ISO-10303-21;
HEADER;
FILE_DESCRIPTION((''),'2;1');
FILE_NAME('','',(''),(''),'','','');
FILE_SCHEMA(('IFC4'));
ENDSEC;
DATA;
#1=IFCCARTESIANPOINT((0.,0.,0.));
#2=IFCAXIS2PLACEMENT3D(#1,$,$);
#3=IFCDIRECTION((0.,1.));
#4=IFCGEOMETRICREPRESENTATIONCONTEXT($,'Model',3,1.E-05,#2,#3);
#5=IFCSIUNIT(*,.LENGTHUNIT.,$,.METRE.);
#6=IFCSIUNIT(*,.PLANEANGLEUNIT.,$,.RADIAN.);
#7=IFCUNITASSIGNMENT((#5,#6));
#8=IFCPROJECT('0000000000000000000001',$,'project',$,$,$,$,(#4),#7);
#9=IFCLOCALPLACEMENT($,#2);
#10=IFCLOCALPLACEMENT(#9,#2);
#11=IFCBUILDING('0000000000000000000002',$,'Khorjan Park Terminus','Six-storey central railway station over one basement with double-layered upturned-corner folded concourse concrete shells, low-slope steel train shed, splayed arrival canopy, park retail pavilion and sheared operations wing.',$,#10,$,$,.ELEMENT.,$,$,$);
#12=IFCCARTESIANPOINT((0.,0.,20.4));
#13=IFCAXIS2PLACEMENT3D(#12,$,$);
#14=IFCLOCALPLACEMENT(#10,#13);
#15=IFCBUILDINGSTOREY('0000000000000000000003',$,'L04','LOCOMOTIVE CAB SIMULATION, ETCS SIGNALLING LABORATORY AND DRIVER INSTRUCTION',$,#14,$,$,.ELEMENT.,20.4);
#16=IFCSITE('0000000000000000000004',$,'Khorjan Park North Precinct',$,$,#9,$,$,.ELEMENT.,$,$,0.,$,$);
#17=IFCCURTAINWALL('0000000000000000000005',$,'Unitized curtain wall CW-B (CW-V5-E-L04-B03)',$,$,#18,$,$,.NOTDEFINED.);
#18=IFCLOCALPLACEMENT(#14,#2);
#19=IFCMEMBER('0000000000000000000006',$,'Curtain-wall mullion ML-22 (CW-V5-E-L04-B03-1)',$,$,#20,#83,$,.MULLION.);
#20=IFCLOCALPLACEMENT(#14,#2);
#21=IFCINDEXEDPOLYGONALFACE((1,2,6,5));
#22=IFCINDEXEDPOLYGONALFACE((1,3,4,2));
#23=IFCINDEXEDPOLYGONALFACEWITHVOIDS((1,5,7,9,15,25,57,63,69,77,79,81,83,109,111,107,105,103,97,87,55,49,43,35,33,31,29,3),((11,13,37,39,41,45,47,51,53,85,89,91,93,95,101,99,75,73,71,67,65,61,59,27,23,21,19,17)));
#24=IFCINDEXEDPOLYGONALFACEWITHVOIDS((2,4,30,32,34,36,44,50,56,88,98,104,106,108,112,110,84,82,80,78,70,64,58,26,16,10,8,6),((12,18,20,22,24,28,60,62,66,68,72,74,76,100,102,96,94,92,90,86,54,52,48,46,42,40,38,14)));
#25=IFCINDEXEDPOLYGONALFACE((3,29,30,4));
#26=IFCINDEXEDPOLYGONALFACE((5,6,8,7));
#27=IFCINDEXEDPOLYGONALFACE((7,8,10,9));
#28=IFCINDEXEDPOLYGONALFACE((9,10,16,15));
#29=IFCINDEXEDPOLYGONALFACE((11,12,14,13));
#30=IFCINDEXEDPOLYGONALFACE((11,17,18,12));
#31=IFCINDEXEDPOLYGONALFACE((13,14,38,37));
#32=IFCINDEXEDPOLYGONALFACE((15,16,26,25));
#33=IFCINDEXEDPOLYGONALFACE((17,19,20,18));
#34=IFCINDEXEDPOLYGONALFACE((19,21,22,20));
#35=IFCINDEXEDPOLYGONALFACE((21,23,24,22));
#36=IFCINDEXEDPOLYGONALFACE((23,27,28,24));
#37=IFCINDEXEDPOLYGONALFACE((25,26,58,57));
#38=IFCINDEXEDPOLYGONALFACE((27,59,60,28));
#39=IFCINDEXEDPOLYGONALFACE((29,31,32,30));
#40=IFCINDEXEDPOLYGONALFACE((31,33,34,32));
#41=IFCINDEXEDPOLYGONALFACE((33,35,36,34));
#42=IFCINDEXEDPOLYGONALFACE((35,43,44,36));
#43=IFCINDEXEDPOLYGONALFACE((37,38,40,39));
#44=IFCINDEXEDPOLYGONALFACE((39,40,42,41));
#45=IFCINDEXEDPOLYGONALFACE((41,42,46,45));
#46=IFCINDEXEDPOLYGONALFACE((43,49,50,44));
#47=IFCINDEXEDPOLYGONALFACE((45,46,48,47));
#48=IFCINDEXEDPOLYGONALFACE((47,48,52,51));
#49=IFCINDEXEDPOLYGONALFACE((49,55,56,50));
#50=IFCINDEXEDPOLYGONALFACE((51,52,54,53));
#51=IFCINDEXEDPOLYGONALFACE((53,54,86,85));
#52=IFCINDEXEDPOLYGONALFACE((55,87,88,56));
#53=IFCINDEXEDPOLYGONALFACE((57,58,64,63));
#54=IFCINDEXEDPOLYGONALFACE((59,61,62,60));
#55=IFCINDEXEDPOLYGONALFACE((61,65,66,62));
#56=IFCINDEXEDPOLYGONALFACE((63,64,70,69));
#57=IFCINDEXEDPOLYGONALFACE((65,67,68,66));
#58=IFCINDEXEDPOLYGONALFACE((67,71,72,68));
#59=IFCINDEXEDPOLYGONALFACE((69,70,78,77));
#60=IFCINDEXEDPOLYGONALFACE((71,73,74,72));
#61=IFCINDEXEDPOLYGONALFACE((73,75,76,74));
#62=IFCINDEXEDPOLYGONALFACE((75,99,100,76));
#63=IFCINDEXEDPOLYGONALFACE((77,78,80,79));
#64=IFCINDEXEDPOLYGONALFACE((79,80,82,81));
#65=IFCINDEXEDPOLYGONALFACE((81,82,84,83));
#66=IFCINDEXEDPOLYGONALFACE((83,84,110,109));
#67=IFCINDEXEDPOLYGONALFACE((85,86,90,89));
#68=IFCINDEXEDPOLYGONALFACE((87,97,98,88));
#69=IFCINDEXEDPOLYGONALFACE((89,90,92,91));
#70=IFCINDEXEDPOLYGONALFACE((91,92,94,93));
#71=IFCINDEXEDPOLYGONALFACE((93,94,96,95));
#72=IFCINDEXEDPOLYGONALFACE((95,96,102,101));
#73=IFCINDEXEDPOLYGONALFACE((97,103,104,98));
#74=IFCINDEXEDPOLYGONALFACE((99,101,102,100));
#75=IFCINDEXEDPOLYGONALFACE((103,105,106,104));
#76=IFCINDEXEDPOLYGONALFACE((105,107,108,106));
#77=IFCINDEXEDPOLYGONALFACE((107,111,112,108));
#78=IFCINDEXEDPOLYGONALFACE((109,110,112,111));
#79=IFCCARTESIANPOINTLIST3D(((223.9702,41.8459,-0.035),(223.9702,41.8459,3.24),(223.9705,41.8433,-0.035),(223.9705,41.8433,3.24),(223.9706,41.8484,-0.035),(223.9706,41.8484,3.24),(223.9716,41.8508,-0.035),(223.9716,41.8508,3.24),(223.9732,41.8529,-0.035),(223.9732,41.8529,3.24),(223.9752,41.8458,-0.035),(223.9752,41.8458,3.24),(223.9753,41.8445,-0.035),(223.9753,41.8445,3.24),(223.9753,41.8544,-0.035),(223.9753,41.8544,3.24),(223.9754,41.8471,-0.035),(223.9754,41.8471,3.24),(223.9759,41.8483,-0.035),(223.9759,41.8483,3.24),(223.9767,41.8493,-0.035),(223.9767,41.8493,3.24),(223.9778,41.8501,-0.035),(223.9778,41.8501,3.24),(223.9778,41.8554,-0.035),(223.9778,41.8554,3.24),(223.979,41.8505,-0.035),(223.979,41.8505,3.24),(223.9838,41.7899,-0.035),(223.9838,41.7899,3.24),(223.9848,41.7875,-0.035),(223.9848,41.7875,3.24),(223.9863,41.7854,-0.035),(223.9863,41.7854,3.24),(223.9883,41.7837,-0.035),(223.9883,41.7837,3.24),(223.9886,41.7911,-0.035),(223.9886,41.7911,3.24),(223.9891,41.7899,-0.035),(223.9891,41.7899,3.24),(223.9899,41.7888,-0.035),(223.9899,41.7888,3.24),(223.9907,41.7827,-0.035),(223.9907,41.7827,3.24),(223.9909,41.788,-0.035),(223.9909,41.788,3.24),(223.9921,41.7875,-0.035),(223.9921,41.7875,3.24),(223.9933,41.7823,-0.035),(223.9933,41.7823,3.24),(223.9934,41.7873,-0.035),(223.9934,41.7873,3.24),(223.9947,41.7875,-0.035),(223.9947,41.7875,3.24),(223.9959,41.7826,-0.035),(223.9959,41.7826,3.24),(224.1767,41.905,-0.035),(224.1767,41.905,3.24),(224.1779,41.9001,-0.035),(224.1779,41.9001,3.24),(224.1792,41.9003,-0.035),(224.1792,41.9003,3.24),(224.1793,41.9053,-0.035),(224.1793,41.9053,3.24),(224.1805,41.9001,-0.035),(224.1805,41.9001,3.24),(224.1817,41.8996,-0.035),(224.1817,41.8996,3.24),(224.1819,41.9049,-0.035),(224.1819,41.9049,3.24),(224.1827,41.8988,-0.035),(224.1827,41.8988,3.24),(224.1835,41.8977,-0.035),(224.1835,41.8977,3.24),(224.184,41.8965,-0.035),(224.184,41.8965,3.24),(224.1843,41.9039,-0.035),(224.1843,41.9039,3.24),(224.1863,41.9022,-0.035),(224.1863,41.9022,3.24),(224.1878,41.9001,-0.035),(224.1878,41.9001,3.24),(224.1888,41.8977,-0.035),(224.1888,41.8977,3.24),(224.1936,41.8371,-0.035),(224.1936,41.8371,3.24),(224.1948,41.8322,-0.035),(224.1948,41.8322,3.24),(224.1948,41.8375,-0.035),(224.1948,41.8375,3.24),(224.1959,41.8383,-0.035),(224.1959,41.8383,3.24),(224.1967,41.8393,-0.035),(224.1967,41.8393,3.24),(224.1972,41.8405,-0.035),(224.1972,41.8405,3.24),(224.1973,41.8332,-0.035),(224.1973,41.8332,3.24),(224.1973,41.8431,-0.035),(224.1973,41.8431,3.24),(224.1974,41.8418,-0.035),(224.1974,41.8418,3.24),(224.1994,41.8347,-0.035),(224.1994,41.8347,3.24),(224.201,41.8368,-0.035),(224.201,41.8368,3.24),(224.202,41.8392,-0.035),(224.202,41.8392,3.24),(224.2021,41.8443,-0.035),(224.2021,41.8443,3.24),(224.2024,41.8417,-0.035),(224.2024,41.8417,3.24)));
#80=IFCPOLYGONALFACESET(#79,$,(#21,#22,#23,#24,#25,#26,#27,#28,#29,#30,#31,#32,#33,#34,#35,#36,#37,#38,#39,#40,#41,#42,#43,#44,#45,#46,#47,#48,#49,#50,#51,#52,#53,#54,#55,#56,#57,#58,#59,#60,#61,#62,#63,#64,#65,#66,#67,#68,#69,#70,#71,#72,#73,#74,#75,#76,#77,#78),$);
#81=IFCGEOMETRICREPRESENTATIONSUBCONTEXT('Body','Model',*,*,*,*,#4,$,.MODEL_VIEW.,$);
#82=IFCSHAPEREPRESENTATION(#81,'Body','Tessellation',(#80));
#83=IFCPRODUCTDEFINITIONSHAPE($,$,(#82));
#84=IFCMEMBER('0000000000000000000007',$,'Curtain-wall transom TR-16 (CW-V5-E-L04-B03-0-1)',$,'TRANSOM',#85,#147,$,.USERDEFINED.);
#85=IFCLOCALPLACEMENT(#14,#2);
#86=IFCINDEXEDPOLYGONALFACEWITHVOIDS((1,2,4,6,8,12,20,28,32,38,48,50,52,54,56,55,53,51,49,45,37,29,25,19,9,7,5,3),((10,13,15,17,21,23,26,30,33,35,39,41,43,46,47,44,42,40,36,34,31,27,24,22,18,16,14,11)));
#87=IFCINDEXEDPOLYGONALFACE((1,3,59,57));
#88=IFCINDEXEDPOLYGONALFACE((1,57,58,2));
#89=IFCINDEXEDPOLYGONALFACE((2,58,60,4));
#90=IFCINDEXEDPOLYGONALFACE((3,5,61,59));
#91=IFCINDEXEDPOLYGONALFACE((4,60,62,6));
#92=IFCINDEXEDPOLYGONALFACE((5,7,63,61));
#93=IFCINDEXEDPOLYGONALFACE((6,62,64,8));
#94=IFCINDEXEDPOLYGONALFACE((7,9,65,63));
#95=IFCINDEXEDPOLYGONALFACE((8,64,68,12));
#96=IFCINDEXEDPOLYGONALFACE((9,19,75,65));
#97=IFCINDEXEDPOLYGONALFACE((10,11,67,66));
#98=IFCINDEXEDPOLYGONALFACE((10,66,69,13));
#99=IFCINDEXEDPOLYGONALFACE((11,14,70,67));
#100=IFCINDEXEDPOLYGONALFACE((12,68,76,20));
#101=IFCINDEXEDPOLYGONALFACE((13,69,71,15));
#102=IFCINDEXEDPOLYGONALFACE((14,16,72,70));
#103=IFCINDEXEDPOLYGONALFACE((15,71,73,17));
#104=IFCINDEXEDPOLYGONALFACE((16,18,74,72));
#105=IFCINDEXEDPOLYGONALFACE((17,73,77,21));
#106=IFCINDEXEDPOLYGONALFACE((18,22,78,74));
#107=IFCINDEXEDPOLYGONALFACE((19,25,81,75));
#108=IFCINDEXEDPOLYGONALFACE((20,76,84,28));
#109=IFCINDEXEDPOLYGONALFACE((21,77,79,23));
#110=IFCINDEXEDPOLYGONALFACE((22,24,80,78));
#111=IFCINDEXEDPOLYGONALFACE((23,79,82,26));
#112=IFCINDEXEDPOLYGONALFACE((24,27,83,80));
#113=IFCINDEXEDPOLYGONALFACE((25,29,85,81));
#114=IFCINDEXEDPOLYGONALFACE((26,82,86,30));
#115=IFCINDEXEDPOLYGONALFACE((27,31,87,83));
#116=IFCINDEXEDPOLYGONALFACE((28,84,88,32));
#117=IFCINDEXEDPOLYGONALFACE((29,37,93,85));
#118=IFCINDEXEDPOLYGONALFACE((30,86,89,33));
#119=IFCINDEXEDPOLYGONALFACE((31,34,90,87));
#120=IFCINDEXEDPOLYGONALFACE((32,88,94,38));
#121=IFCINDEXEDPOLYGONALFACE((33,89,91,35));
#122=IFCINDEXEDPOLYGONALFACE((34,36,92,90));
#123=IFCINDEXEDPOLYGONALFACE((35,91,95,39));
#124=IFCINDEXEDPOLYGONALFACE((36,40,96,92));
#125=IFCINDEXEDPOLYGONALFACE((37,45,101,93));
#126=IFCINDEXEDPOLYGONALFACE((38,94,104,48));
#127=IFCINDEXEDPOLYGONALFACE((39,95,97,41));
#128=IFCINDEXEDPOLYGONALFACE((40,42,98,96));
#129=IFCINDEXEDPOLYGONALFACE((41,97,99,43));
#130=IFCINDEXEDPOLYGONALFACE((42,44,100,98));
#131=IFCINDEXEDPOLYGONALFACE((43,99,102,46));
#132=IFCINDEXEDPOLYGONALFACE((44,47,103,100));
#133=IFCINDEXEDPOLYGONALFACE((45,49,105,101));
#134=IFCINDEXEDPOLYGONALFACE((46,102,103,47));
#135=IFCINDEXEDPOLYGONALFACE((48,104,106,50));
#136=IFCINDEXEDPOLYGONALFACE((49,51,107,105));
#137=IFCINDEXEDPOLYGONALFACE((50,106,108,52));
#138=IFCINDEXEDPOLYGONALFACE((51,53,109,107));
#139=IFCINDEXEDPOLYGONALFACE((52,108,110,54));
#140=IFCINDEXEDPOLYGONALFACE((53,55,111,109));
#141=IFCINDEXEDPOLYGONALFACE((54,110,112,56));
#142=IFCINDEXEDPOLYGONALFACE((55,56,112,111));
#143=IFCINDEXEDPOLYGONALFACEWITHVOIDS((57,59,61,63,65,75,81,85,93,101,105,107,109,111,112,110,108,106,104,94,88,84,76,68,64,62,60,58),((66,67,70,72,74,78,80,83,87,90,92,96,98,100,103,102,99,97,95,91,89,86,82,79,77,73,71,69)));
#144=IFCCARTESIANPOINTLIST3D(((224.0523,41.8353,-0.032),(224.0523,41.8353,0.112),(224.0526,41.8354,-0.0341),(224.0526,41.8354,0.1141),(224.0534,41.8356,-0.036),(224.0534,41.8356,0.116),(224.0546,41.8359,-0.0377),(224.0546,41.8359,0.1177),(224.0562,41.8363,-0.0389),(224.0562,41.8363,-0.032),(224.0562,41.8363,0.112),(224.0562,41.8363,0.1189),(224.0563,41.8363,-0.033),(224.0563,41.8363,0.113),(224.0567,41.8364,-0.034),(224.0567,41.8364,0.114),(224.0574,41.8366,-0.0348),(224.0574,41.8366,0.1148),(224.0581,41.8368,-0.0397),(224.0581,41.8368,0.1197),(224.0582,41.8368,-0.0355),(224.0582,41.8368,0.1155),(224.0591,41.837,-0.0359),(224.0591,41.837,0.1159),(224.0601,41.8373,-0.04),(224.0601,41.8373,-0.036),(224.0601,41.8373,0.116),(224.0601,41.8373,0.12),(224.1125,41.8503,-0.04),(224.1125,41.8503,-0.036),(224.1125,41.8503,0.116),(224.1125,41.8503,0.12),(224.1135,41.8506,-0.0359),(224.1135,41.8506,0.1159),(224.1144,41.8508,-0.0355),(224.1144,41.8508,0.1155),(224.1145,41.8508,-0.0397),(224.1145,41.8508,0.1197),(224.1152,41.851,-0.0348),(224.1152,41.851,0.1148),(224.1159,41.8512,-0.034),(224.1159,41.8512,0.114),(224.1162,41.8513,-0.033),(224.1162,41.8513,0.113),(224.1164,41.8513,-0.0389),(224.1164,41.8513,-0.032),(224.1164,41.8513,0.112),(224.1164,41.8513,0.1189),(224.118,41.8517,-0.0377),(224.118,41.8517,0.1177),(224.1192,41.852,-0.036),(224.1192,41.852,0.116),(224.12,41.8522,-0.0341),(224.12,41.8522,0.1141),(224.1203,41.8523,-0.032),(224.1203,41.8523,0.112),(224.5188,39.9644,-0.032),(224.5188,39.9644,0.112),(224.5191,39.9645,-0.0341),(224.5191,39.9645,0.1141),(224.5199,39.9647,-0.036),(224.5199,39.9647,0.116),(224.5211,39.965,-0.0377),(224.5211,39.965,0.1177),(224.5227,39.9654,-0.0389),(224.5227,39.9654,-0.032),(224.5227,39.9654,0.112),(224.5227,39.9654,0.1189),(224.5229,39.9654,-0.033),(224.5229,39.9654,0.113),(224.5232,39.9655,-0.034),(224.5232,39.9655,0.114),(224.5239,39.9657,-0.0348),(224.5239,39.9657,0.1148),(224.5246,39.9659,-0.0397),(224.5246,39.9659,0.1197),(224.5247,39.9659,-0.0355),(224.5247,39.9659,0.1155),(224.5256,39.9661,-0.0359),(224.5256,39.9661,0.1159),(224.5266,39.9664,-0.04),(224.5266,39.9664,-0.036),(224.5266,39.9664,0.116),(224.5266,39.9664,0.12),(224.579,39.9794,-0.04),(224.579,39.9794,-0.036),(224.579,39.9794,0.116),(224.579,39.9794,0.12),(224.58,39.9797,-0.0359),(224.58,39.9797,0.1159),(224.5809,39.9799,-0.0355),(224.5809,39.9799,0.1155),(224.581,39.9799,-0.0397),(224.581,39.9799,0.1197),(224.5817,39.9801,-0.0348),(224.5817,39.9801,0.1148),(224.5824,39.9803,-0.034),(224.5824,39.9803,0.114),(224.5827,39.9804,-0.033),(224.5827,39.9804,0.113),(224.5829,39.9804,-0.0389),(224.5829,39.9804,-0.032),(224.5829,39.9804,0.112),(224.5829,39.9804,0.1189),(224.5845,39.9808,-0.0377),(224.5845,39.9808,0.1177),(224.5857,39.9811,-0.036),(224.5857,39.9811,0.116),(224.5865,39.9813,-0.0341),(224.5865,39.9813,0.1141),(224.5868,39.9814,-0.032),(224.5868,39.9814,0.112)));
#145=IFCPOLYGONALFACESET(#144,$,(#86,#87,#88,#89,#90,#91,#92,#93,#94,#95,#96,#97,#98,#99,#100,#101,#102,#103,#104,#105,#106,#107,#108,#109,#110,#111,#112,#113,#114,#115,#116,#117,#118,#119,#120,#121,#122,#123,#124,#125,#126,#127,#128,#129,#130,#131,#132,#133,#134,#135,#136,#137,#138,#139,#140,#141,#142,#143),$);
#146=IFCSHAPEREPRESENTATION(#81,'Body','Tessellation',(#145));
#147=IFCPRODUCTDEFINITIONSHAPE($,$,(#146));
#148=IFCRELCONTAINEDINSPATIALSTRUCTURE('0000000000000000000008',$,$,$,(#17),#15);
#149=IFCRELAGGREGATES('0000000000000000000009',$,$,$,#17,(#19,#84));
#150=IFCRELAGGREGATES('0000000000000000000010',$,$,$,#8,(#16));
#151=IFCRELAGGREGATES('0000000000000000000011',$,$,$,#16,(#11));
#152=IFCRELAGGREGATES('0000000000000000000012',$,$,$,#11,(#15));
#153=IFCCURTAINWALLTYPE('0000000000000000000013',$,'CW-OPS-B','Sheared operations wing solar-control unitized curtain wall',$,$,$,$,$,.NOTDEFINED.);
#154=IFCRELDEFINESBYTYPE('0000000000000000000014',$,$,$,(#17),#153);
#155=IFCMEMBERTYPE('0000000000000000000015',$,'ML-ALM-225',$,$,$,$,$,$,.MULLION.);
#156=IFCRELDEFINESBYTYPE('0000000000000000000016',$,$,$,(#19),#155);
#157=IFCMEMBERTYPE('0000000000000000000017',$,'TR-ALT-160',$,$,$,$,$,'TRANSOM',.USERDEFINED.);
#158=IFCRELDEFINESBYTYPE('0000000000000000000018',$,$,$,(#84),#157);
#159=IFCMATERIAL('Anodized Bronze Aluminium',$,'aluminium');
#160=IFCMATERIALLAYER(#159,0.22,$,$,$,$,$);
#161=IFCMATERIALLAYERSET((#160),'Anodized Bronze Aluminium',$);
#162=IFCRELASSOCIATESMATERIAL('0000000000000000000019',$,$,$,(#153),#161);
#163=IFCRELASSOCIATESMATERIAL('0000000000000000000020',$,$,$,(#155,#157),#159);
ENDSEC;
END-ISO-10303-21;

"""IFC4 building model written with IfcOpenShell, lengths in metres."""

from ifc_helpers import new_model, si_unit, direction, frame, origin, origin_2d, place, context, subcontext, project, spatial, hollow_rectangle, extrude, material, layer, layer_set, material_profile, profile_set, type_object, element, aggregate, save


model = new_model("IFC4")

# Units and contexts
model_context = context("Model", 3, precision=1e-05, world=origin(), true_north=direction((0.0, 1.0)))
body_context = subcontext(model_context, "Body", "Model", "MODEL_VIEW")
ifc_project = project(units=[si_unit("LENGTHUNIT", "METRE"), si_unit("PLANEANGLEUNIT", "RADIAN")], contexts=[model_context])

# Site, building, storey
site_placement = place(None, origin())
site = spatial("IfcSite", under=ifc_project, at=site_placement, Name="Khorjan Park North Precinct", CompositionType="ELEMENT", RefElevation=0.0)
building_placement = place(site_placement, origin())
building = spatial("IfcBuilding", under=site, at=building_placement, Name="Khorjan Park Terminus", Description="Six-storey central railway station over one basement with double-layered upturned-corner folded concourse concrete shells, low-slope steel train shed, splayed arrival canopy, park retail pavilion and sheared operations wing.", CompositionType="ELEMENT")
storey_placement = place(building_placement, frame((0.0, 0.0, 20.4)))
storey = spatial("IfcBuildingStorey", under=building, at=storey_placement, Name="L04", Description="LOCOMOTIVE CAB SIMULATION, ETCS SIGNALLING LABORATORY AND DRIVER INSTRUCTION", CompositionType="ELEMENT", Elevation=20.4)

# Curtain wall, members
ifc_material_1 = material(Name="Anodized Bronze Aluminium", Category="aluminium")
ifc_layer_1 = layer(ifc_material_1, 0.22)
ifc_layer_set_1 = layer_set([ifc_layer_1], Name="Anodized Bronze Aluminium")
curtain_wall_type = type_object("IfcCurtainWallType", Name="CW-OPS-B", Description="Sheared operations wing solar-control unitized curtain wall", PredefinedType="NOTDEFINED", material=ifc_layer_set_1)
curtain_wall_placement = place(storey_placement, origin())
curtain_wall = element("IfcCurtainWall", 1, at=curtain_wall_placement, inside=storey, type_object=curtain_wall_type, Name="Unitized curtain wall CW-B (CW-V5-E-L04-B03)", PredefinedType="NOTDEFINED")
ifc_material_profile_1 = material_profile(ifc_material_1, hollow_rectangle(XDim=0.075, YDim=0.225, WallThickness=0.005, InnerFilletRadius=0.005, OuterFilletRadius=0.01, at=origin_2d()), Name="ALM 75x225x5")
ifc_profile_set_1 = profile_set([ifc_material_profile_1], Name="Anodized Bronze Aluminium")
member_type_1 = type_object("IfcMemberType", Name="ML-ALM-225", PredefinedType="MULLION", material=ifc_profile_set_1)
member_1_placement = place(storey_placement, frame((224.0863, 41.8438, -0.035), z_axis=(0.0, 0.0, 1.0), x_axis=(-0.241923, 0.970295, 0.0)))
member_1 = element("IfcMember", 2, at=member_1_placement, type_object=member_type_1, Name="Curtain-wall mullion ML-22 (CW-V5-E-L04-B03-1)", PredefinedType="MULLION", context=body_context, shape_type="SweptSolid", body=[
    extrude(hollow_rectangle(XDim=0.075, YDim=0.225, WallThickness=0.005, InnerFilletRadius=0.005, OuterFilletRadius=0.01, at=origin_2d()), origin(), (0.0, 0.0, 1.0), 3.275),
])
ifc_material_profile_2 = material_profile(ifc_material_1, hollow_rectangle(XDim=0.07, YDim=0.16, WallThickness=0.004, InnerFilletRadius=0.004, OuterFilletRadius=0.008, at=origin_2d()), Name="ALT 70x160x4")
ifc_profile_set_2 = profile_set([ifc_material_profile_2], Name="Anodized Bronze Aluminium")
member_type_2 = type_object("IfcMemberType", Name="TR-ALT-160", ElementType="TRANSOM", PredefinedType="USERDEFINED", material=ifc_profile_set_2)
member_2_placement = place(storey_placement, frame((224.5528, 39.9729, 0.04), z_axis=(-0.241938, 0.970292, 0.0), x_axis=(-0.970292, -0.241938, 0.0)))
member_2 = element("IfcMember", 3, at=member_2_placement, type_object=member_type_2, Name="Curtain-wall transom TR-16 (CW-V5-E-L04-B03-0-1)", ObjectType="TRANSOM", PredefinedType="USERDEFINED", context=body_context, shape_type="SweptSolid", body=[
    extrude(hollow_rectangle(XDim=0.07, YDim=0.16, WallThickness=0.004, InnerFilletRadius=0.004, OuterFilletRadius=0.008, at=origin_2d()), origin(), (0.0, 0.0, 1.0), 1.9282),
])
aggregate(curtain_wall, [member_1, member_2])

save(model, "model.ifc")
